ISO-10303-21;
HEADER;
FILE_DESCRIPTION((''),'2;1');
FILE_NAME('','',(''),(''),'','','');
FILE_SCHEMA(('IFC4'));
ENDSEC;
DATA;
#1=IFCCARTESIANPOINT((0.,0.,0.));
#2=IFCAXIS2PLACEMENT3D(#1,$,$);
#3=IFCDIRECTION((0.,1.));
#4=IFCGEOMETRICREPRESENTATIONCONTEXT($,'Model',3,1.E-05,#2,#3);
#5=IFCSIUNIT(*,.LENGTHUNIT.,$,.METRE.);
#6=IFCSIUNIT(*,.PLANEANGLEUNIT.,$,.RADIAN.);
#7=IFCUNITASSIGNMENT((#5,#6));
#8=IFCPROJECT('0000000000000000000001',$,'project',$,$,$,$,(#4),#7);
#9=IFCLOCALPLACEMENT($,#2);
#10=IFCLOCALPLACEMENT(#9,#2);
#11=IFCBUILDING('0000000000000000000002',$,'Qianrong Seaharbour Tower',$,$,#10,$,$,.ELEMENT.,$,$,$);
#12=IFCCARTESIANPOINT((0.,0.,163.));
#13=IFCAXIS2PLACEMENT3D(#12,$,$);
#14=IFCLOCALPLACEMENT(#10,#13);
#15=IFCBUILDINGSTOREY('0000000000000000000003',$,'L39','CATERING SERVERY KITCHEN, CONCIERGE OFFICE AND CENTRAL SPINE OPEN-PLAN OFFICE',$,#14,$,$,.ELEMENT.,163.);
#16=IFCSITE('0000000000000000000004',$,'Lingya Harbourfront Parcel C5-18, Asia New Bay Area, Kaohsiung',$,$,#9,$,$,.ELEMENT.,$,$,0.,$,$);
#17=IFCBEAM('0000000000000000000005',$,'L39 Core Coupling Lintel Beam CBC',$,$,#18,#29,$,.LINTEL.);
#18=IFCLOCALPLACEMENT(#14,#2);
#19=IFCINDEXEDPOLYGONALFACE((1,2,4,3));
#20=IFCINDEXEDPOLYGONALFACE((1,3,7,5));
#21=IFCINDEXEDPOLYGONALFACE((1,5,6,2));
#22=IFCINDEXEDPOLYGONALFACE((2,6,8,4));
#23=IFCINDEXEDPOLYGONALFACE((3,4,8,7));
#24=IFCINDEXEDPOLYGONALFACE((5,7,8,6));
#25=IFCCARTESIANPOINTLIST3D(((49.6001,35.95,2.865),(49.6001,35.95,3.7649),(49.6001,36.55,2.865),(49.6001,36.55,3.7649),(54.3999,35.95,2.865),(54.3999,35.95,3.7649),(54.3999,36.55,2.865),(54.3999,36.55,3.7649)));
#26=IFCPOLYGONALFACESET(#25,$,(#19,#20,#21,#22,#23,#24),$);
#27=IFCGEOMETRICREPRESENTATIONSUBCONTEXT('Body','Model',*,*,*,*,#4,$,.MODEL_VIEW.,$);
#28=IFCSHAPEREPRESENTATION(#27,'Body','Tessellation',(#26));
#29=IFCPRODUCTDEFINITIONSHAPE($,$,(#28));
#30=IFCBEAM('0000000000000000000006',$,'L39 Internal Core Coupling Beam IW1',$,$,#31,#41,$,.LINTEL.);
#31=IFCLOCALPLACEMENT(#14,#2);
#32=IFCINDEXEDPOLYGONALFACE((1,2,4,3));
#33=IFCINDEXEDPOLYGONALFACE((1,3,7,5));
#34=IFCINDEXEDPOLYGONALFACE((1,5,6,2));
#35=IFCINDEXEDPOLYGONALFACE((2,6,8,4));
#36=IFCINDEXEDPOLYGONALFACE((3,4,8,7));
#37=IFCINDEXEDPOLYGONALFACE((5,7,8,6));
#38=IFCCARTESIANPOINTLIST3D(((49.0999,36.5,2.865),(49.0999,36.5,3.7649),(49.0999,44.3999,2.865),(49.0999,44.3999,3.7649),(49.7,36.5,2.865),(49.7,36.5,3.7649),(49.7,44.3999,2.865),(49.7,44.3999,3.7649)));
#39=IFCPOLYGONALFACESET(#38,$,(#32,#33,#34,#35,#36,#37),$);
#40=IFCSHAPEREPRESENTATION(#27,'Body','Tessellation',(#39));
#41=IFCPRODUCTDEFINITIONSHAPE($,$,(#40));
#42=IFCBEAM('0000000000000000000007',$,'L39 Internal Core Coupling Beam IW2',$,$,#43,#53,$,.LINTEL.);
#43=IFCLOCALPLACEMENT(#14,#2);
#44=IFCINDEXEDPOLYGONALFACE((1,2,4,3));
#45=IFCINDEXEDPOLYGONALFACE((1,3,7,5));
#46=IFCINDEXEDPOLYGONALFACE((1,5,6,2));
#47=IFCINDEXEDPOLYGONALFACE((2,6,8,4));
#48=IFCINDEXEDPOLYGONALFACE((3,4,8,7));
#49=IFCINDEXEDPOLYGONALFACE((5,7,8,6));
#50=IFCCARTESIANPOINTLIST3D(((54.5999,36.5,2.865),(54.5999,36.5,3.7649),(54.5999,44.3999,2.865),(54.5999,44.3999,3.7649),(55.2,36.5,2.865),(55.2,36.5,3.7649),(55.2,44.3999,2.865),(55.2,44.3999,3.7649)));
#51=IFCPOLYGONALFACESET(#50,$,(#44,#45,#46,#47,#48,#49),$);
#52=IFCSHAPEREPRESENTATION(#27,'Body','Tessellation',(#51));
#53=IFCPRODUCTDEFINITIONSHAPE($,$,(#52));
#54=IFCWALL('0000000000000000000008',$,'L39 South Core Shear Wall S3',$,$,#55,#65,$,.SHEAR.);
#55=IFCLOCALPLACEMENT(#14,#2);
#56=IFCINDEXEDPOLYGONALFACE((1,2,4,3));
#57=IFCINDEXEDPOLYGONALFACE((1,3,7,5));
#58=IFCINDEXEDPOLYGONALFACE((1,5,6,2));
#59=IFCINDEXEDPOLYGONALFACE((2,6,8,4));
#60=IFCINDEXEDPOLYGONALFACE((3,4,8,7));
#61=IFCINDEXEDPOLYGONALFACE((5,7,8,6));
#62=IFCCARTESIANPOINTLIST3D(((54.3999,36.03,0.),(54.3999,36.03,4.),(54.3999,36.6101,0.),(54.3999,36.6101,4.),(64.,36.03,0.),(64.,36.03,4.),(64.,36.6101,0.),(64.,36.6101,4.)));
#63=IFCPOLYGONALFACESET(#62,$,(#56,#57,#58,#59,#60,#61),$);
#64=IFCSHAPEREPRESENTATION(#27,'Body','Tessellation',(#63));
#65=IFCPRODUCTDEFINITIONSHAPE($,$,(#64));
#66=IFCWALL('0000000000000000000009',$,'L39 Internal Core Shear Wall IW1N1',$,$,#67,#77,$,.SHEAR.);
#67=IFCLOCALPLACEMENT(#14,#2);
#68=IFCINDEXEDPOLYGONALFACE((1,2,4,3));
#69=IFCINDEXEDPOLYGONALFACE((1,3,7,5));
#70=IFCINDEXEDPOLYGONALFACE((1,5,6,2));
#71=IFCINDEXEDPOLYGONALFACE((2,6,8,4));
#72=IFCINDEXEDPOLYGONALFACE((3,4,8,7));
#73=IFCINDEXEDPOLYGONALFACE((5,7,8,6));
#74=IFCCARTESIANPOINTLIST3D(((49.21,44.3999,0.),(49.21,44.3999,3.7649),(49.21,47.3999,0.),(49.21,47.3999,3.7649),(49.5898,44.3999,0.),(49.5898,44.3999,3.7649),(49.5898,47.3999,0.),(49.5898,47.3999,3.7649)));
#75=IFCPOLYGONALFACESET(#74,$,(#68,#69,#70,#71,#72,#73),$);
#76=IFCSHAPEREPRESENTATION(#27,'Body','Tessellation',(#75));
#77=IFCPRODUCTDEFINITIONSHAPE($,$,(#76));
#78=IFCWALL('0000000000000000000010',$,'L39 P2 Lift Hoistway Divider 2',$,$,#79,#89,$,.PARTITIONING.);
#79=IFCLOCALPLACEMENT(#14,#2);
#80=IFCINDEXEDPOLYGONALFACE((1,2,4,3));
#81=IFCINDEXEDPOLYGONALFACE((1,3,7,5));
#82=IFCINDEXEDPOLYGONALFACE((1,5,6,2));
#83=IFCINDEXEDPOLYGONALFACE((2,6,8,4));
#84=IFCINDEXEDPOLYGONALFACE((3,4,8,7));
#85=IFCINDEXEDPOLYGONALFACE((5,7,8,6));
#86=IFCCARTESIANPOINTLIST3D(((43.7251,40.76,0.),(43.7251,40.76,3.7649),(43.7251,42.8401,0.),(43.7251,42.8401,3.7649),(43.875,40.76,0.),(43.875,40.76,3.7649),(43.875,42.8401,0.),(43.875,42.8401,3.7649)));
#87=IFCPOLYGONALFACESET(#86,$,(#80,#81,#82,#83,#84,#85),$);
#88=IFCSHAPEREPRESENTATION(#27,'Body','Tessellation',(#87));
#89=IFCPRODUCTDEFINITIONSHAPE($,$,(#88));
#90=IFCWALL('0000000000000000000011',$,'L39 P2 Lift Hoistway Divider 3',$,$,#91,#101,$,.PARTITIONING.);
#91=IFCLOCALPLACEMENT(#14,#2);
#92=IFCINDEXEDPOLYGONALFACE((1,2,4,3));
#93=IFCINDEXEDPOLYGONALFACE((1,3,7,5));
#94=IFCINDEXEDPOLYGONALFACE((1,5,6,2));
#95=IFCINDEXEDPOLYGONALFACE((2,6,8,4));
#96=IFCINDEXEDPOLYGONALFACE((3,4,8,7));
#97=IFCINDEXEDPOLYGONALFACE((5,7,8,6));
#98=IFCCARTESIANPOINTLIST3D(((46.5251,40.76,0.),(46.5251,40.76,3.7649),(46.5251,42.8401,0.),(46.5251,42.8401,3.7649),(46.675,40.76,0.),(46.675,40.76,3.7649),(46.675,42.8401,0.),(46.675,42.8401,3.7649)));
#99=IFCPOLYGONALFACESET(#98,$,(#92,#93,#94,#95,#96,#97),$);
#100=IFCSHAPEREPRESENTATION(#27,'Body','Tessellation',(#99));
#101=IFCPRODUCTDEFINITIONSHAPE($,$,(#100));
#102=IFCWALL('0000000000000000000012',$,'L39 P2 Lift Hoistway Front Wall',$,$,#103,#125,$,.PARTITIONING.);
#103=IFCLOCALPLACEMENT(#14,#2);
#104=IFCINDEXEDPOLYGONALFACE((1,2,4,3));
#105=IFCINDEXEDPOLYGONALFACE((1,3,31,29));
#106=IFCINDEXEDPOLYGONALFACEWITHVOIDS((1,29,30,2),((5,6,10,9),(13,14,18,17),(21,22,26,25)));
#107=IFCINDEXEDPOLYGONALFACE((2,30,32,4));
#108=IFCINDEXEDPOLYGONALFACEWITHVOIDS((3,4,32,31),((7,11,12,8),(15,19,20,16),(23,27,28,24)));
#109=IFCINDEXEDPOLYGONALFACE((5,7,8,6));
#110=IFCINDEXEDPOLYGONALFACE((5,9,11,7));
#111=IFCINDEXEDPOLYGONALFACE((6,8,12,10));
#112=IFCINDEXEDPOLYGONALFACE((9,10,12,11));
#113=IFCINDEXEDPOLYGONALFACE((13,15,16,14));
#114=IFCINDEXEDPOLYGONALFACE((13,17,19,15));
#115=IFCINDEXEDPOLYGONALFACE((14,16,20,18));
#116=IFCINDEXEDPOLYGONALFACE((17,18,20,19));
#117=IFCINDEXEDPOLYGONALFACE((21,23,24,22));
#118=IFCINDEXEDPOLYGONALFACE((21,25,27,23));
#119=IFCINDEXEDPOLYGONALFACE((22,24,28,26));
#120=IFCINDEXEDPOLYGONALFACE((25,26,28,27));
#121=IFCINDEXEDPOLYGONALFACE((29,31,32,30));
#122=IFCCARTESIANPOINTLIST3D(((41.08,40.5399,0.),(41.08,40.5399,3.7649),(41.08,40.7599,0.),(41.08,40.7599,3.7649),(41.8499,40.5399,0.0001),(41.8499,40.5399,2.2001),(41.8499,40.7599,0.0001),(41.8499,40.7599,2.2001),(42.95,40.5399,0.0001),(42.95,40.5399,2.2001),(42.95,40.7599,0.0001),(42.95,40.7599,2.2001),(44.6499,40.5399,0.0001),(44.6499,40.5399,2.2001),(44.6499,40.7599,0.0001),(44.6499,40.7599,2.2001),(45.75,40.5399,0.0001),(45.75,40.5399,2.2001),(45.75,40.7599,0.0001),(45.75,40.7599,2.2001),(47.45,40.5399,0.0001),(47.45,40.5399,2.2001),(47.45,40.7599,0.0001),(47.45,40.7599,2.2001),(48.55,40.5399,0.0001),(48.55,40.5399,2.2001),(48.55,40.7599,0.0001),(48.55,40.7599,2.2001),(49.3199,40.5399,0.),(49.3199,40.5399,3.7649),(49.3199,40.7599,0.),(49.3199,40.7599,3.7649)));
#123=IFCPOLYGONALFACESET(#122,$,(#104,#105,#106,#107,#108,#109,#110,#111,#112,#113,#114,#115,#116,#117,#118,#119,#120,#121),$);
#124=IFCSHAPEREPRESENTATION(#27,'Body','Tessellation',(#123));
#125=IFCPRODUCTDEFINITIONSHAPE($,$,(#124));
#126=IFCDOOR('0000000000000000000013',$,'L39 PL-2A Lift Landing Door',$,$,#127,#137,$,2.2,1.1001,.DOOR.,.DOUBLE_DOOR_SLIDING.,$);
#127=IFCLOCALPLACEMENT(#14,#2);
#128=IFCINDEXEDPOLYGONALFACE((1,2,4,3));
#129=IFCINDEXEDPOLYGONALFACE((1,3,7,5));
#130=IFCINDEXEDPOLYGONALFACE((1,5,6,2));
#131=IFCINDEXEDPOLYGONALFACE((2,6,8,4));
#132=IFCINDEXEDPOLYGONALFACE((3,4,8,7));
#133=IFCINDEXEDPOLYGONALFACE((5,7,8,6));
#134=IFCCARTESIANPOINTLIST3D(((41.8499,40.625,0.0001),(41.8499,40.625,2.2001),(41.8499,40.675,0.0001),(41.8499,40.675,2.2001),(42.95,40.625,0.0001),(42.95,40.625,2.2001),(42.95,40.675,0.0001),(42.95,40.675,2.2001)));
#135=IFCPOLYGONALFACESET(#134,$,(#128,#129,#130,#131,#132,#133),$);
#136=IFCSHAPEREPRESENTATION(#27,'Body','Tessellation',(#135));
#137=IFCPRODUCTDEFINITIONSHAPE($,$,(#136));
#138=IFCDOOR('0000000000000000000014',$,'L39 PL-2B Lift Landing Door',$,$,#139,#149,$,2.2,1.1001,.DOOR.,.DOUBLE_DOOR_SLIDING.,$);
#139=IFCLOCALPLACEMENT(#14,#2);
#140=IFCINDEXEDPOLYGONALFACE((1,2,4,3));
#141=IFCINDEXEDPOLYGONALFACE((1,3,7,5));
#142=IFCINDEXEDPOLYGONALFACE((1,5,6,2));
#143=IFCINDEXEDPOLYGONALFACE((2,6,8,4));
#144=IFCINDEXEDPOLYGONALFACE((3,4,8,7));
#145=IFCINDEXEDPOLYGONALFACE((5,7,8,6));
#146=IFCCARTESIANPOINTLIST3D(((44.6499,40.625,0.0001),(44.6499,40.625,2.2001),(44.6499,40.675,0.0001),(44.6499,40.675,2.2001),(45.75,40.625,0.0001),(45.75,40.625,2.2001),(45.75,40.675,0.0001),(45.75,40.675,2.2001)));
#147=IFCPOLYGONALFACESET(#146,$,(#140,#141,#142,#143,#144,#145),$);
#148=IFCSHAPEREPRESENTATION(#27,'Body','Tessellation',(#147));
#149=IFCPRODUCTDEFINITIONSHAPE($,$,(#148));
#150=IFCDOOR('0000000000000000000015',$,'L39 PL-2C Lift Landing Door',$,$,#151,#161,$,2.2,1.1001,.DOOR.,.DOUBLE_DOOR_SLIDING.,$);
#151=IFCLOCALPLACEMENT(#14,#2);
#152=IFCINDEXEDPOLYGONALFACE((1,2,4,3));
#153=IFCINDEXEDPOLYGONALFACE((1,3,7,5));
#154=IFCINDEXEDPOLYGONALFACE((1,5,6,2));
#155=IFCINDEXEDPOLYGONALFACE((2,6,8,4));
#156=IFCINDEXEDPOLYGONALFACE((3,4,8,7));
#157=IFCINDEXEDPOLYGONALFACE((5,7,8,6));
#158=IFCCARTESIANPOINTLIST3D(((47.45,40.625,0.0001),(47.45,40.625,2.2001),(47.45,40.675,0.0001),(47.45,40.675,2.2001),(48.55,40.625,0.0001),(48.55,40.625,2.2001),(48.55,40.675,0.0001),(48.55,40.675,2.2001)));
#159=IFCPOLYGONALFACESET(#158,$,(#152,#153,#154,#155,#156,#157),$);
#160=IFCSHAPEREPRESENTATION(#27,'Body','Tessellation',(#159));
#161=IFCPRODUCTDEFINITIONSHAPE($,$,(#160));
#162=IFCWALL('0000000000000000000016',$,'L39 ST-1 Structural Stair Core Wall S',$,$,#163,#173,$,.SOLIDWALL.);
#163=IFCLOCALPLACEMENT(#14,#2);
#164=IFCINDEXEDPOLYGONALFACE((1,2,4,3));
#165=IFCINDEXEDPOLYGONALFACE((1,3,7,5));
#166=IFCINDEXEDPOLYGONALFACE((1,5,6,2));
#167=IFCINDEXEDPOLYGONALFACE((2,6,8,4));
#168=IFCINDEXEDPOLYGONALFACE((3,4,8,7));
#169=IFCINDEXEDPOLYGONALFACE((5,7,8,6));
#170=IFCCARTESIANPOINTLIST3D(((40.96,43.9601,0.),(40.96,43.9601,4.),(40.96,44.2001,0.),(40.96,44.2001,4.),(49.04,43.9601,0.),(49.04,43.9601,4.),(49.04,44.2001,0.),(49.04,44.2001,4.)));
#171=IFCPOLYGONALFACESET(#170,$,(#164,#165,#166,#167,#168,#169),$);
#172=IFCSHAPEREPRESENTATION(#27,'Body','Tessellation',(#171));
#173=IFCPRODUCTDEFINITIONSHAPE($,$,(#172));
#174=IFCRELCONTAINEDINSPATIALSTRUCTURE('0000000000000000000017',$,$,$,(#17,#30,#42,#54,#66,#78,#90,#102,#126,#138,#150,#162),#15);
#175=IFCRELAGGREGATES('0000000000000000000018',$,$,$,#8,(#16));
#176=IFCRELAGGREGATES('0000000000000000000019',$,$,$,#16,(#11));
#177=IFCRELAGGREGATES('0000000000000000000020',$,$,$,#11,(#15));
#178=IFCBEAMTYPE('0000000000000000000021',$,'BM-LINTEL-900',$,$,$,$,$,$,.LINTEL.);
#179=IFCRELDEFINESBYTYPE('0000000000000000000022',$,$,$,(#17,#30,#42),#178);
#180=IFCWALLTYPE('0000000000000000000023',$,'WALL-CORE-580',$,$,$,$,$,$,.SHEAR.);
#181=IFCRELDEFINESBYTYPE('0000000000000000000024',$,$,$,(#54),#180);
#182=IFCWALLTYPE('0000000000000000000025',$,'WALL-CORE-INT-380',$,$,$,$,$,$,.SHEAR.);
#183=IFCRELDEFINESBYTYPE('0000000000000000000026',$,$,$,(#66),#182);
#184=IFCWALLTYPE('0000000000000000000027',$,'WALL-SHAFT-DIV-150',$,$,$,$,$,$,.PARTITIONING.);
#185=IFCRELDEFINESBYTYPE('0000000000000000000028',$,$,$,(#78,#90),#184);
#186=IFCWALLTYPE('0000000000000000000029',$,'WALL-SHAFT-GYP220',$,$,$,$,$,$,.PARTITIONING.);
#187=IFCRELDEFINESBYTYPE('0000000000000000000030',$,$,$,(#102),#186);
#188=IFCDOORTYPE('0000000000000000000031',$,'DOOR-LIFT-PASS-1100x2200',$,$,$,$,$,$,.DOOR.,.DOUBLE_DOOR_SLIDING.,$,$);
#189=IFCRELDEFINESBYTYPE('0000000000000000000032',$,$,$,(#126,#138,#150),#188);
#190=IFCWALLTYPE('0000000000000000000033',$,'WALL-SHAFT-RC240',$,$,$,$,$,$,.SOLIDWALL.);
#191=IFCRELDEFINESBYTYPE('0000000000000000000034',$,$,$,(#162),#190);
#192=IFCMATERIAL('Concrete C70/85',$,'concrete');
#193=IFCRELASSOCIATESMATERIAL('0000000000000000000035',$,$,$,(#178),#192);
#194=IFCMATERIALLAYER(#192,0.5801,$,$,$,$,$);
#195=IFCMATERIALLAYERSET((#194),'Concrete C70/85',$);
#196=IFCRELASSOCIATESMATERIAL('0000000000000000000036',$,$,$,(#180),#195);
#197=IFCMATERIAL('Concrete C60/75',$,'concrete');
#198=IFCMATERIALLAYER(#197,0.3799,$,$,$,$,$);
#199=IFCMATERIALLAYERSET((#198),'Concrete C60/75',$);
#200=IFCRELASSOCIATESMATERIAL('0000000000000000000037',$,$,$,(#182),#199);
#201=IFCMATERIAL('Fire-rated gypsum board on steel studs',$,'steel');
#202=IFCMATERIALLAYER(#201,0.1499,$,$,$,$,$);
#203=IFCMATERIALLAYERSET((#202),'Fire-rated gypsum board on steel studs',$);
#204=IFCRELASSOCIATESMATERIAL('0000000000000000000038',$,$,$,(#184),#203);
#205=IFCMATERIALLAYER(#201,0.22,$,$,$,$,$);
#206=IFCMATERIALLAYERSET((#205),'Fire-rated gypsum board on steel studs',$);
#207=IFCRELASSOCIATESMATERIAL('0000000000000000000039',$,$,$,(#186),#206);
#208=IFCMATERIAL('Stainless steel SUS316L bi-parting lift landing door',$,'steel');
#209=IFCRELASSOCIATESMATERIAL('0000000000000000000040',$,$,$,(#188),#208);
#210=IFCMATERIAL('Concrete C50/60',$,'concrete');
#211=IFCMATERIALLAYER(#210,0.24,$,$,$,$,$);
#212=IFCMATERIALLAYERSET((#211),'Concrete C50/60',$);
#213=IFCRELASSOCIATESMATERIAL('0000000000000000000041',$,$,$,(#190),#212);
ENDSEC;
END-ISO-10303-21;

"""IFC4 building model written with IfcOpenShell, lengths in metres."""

from ifc_helpers import new_model, si_unit, direction, frame, frame_2d, origin, origin_2d, place, context, subcontext, project, spatial, rectangle, extrude, material, layer, layer_set, material_profile, profile_set, type_object, element, fill, save


model = new_model("IFC4")

# Units and contexts
model_context = context("Model", 3, precision=1e-05, world=origin(), true_north=direction((0.0, 1.0)))
body_context = subcontext(model_context, "Body", "Model", "MODEL_VIEW")
ifc_project = project(units=[si_unit("LENGTHUNIT", "METRE"), si_unit("PLANEANGLEUNIT", "RADIAN")], contexts=[model_context])

# Site, building, storey
site_placement = place(None, origin())
site = spatial("IfcSite", under=ifc_project, at=site_placement, Name="Lingya Harbourfront Parcel C5-18, Asia New Bay Area, Kaohsiung", CompositionType="ELEMENT", RefElevation=0.0)
building_placement = place(site_placement, origin())
building = spatial("IfcBuilding", under=site, at=building_placement, Name="Qianrong Seaharbour Tower", CompositionType="ELEMENT")
storey_placement = place(building_placement, frame((0.0, 0.0, 163.0)))
storey = spatial("IfcBuildingStorey", under=building, at=storey_placement, Name="L39", Description="CATERING SERVERY KITCHEN, CONCIERGE OFFICE AND CENTRAL SPINE OPEN-PLAN OFFICE", CompositionType="ELEMENT", Elevation=163.0)

# Beams
ifc_material_1 = material(Name="Concrete C70/85", Category="concrete")
ifc_material_profile = material_profile(ifc_material_1, rectangle(XDim=0.6001, YDim=0.8999, at=origin_2d()), Name="RC600x900")
ifc_profile_set = profile_set([ifc_material_profile], Name="Concrete C70/85")
beam_type = type_object("IfcBeamType", Name="BM-LINTEL-900", PredefinedType="LINTEL", material=ifc_profile_set)
beam_placement = place(storey_placement, frame((49.6001, 36.25, 3.3149), z_axis=(1.0, 0.0, 0.0), x_axis=(0.0, 1.0, 0.0)))
element("IfcBeam", 1, at=beam_placement, inside=storey, type_object=beam_type, Name="L39 Core Coupling Lintel Beam CBC", PredefinedType="LINTEL", context=body_context, shape_type="SweptSolid", body=[
    extrude(rectangle(XDim=0.6001, YDim=0.8999, at=origin_2d()), origin(), (0.0, 0.0, 1.0), 4.7998),
])
for number, where, z_axis, x_axis, name in (
    (2, (49.3999, 36.5, 3.3149), (0.0, 1.0, 0.0), (-1.0, 0.0, 0.0), "L39 Internal Core Coupling Beam IW1"),
    (3, (54.8999, 36.5, 3.3149), (0.0, 1.0, 0.0), (-1.0, 0.0, 0.0), "L39 Internal Core Coupling Beam IW2"),
):
    element("IfcBeam", number, at=place(storey_placement, frame(where, z_axis=z_axis, x_axis=x_axis)), inside=storey, type_object=beam_type, Name=name, PredefinedType="LINTEL", context=body_context, shape_type="SweptSolid", body=[
        extrude(rectangle(XDim=0.6001, YDim=0.8999, at=origin_2d()), origin(), (0.0, 0.0, 1.0), 7.8999),
    ])

# Walls
ifc_layer_1 = layer(ifc_material_1, 0.5801)
ifc_layer_set_1 = layer_set([ifc_layer_1], Name="Concrete C70/85")
wall_type_1 = type_object("IfcWallType", Name="WALL-CORE-580", PredefinedType="SHEAR", material=ifc_layer_set_1)
wall_1_placement = place(storey_placement, frame((54.3999, 36.3201, 0.0), z_axis=(0.0, 0.0, 1.0), x_axis=(1.0, 0.0, 0.0)))
element("IfcWall", 4, at=wall_1_placement, inside=storey, type_object=wall_type_1, Name="L39 South Core Shear Wall S3", PredefinedType="SHEAR", context=body_context, shape_type="SweptSolid", body=[
    extrude(rectangle(XDim=9.6001, YDim=0.5801, at=frame_2d((4.8, 0.0))), origin(), (0.0, 0.0, 1.0), 4.0),
])
ifc_material_2 = material(Name="Concrete C60/75", Category="concrete")
ifc_layer_2 = layer(ifc_material_2, 0.3799)
ifc_layer_set_2 = layer_set([ifc_layer_2], Name="Concrete C60/75")
wall_type_2 = type_object("IfcWallType", Name="WALL-CORE-INT-380", PredefinedType="SHEAR", material=ifc_layer_set_2)
wall_2_placement = place(storey_placement, frame((49.3999, 44.3999, 0.0), z_axis=(0.0, 0.0, 1.0), x_axis=(0.0, 1.0, 0.0)))
element("IfcWall", 5, at=wall_2_placement, inside=storey, type_object=wall_type_2, Name="L39 Internal Core Shear Wall IW1N1", PredefinedType="SHEAR", context=body_context, shape_type="SweptSolid", body=[
    extrude(rectangle(XDim=3.0, YDim=0.3799, at=frame_2d((1.5, 0.0))), origin(), (0.0, 0.0, 1.0), 3.7649),
])

# Walls
ifc_material_3 = material(Name="Fire-rated gypsum board on steel studs", Category="steel")
ifc_layer_3 = layer(ifc_material_3, 0.1499)
ifc_layer_set_3 = layer_set([ifc_layer_3], Name="Fire-rated gypsum board on steel studs")
wall_type_3 = type_object("IfcWallType", Name="WALL-SHAFT-DIV-150", PredefinedType="PARTITIONING", material=ifc_layer_set_3)
for number, where, z_axis, x_axis, name in (
    (6, (43.8, 40.76, 0.0), (0.0, 0.0, 1.0), (0.0, 1.0, 0.0), "L39 P2 Lift Hoistway Divider 2"),
    (7, (46.6001, 40.76, 0.0), (0.0, 0.0, 1.0), (0.0, 1.0, 0.0), "L39 P2 Lift Hoistway Divider 3"),
):
    element("IfcWall", number, at=place(storey_placement, frame(where, z_axis=z_axis, x_axis=x_axis)), inside=storey, type_object=wall_type_3, Name=name, PredefinedType="PARTITIONING", context=body_context, shape_type="SweptSolid", body=[
        extrude(rectangle(XDim=2.0801, YDim=0.1499, at=frame_2d((1.04, 0.0))), origin(), (0.0, 0.0, 1.0), 3.7649),
    ])

# Wall, openings, doors
ifc_layer_4 = layer(ifc_material_3, 0.22)
ifc_layer_set_4 = layer_set([ifc_layer_4], Name="Fire-rated gypsum board on steel studs")
wall_type_4 = type_object("IfcWallType", Name="WALL-SHAFT-GYP220", PredefinedType="PARTITIONING", material=ifc_layer_set_4)
wall_3_placement = place(storey_placement, frame((49.3201, 40.6499, 0.0), z_axis=(0.0, 0.0, 1.0), x_axis=(-1.0, 0.0, 0.0)))
wall_3 = element("IfcWall", 8, at=wall_3_placement, inside=storey, type_object=wall_type_4, Name="L39 P2 Lift Hoistway Front Wall", PredefinedType="PARTITIONING", context=body_context, shape_type="SweptSolid", body=[
    extrude(rectangle(XDim=8.24, YDim=0.22, at=frame_2d((4.1201, 0.0))), origin(), (0.0, 0.0, 1.0), 3.7649),
])
opening_1_placement = place(wall_3_placement, frame((6.3701, 0.0, 0.0)))
opening_1 = element("IfcOpeningElement", 9, at=opening_1_placement, cuts=wall_3, PredefinedType="OPENING", context=body_context, shape_type="SweptSolid", body=[
    extrude(rectangle(XDim=1.1001, YDim=2.2, at=frame_2d((0.55, 1.1001))), frame((0.0, 0.1201, 0.0), z_axis=(0.0, -1.0, 0.0), x_axis=(1.0, 0.0, 0.0)), (0.0, 0.0, 1.0), 0.24),
])
opening_2_placement = place(wall_3_placement, frame((3.5701, 0.0, 0.0)))
opening_2 = element("IfcOpeningElement", 10, at=opening_2_placement, cuts=wall_3, PredefinedType="OPENING", context=body_context, shape_type="SweptSolid", body=[
    extrude(rectangle(XDim=1.1001, YDim=2.2, at=frame_2d((0.55, 1.1001))), frame((0.0, 0.1201, 0.0), z_axis=(0.0, -1.0, 0.0), x_axis=(1.0, 0.0, 0.0)), (0.0, 0.0, 1.0), 0.24),
])
opening_3_placement = place(wall_3_placement, frame((0.77, 0.0, 0.0)))
opening_3 = element("IfcOpeningElement", 11, at=opening_3_placement, cuts=wall_3, PredefinedType="OPENING", context=body_context, shape_type="SweptSolid", body=[
    extrude(rectangle(XDim=1.1001, YDim=2.2, at=frame_2d((0.55, 1.1001))), frame((0.0, 0.1201, 0.0), z_axis=(0.0, -1.0, 0.0), x_axis=(1.0, 0.0, 0.0)), (0.0, 0.0, 1.0), 0.24),
])
ifc_material_4 = material(Name="Stainless steel SUS316L bi-parting lift landing door", Category="steel")
door_type_1 = type_object("IfcDoorType", Name="DOOR-LIFT-PASS-1100x2200", OperationType="DOUBLE_DOOR_SLIDING", PredefinedType="DOOR", material=ifc_material_4)
door_1_placement = place(opening_1_placement, origin())
door_1 = element("IfcDoor", 12, at=door_1_placement, inside=storey, type_object=door_type_1, Name="L39 PL-2A Lift Landing Door", OperationType="DOUBLE_DOOR_SLIDING", OverallHeight=2.2, OverallWidth=1.1001, PredefinedType="DOOR", context=body_context, shape_type="SweptSolid", body=[
    extrude(rectangle(XDim=1.1001, YDim=2.2, at=frame_2d((0.55, 1.1001))), frame((0.0, 0.0249, 0.0), z_axis=(0.0, -1.0, 0.0), x_axis=(1.0, 0.0, 0.0)), (0.0, 0.0, 1.0), 0.05),
])
fill(opening_1, door_1)
door_2_placement = place(opening_2_placement, origin())
door_2 = element("IfcDoor", 13, at=door_2_placement, inside=storey, type_object=door_type_1, Name="L39 PL-2B Lift Landing Door", OperationType="DOUBLE_DOOR_SLIDING", OverallHeight=2.2, OverallWidth=1.1001, PredefinedType="DOOR", context=body_context, shape_type="SweptSolid", body=[
    extrude(rectangle(XDim=1.1001, YDim=2.2, at=frame_2d((0.55, 1.1001))), frame((0.0, 0.0249, 0.0), z_axis=(0.0, -1.0, 0.0), x_axis=(1.0, 0.0, 0.0)), (0.0, 0.0, 1.0), 0.05),
])
fill(opening_2, door_2)
door_3_placement = place(opening_3_placement, origin())
door_3 = element("IfcDoor", 14, at=door_3_placement, inside=storey, type_object=door_type_1, Name="L39 PL-2C Lift Landing Door", OperationType="DOUBLE_DOOR_SLIDING", OverallHeight=2.2, OverallWidth=1.1001, PredefinedType="DOOR", context=body_context, shape_type="SweptSolid", body=[
    extrude(rectangle(XDim=1.1001, YDim=2.2, at=frame_2d((0.55, 1.1001))), frame((0.0, 0.0249, 0.0), z_axis=(0.0, -1.0, 0.0), x_axis=(1.0, 0.0, 0.0)), (0.0, 0.0, 1.0), 0.05),
])
fill(opening_3, door_3)

# Wall
ifc_material_5 = material(Name="Concrete C50/60", Category="concrete")
ifc_layer_5 = layer(ifc_material_5, 0.24)
ifc_layer_set_5 = layer_set([ifc_layer_5], Name="Concrete C50/60")
wall_type_5 = type_object("IfcWallType", Name="WALL-SHAFT-RC240", PredefinedType="SOLIDWALL", material=ifc_layer_set_5)
wall_4_placement = place(storey_placement, frame((49.04, 44.0801, 0.0), z_axis=(0.0, 0.0, 1.0), x_axis=(-1.0, 0.0, 0.0)))
element("IfcWall", 15, at=wall_4_placement, inside=storey, type_object=wall_type_5, Name="L39 ST-1 Structural Stair Core Wall S", PredefinedType="SOLIDWALL", context=body_context, shape_type="SweptSolid", body=[
    extrude(rectangle(XDim=8.0801, YDim=0.24, at=frame_2d((4.04, 0.0))), origin(), (0.0, 0.0, 1.0), 4.0),
])

save(model, "model.ifc")
